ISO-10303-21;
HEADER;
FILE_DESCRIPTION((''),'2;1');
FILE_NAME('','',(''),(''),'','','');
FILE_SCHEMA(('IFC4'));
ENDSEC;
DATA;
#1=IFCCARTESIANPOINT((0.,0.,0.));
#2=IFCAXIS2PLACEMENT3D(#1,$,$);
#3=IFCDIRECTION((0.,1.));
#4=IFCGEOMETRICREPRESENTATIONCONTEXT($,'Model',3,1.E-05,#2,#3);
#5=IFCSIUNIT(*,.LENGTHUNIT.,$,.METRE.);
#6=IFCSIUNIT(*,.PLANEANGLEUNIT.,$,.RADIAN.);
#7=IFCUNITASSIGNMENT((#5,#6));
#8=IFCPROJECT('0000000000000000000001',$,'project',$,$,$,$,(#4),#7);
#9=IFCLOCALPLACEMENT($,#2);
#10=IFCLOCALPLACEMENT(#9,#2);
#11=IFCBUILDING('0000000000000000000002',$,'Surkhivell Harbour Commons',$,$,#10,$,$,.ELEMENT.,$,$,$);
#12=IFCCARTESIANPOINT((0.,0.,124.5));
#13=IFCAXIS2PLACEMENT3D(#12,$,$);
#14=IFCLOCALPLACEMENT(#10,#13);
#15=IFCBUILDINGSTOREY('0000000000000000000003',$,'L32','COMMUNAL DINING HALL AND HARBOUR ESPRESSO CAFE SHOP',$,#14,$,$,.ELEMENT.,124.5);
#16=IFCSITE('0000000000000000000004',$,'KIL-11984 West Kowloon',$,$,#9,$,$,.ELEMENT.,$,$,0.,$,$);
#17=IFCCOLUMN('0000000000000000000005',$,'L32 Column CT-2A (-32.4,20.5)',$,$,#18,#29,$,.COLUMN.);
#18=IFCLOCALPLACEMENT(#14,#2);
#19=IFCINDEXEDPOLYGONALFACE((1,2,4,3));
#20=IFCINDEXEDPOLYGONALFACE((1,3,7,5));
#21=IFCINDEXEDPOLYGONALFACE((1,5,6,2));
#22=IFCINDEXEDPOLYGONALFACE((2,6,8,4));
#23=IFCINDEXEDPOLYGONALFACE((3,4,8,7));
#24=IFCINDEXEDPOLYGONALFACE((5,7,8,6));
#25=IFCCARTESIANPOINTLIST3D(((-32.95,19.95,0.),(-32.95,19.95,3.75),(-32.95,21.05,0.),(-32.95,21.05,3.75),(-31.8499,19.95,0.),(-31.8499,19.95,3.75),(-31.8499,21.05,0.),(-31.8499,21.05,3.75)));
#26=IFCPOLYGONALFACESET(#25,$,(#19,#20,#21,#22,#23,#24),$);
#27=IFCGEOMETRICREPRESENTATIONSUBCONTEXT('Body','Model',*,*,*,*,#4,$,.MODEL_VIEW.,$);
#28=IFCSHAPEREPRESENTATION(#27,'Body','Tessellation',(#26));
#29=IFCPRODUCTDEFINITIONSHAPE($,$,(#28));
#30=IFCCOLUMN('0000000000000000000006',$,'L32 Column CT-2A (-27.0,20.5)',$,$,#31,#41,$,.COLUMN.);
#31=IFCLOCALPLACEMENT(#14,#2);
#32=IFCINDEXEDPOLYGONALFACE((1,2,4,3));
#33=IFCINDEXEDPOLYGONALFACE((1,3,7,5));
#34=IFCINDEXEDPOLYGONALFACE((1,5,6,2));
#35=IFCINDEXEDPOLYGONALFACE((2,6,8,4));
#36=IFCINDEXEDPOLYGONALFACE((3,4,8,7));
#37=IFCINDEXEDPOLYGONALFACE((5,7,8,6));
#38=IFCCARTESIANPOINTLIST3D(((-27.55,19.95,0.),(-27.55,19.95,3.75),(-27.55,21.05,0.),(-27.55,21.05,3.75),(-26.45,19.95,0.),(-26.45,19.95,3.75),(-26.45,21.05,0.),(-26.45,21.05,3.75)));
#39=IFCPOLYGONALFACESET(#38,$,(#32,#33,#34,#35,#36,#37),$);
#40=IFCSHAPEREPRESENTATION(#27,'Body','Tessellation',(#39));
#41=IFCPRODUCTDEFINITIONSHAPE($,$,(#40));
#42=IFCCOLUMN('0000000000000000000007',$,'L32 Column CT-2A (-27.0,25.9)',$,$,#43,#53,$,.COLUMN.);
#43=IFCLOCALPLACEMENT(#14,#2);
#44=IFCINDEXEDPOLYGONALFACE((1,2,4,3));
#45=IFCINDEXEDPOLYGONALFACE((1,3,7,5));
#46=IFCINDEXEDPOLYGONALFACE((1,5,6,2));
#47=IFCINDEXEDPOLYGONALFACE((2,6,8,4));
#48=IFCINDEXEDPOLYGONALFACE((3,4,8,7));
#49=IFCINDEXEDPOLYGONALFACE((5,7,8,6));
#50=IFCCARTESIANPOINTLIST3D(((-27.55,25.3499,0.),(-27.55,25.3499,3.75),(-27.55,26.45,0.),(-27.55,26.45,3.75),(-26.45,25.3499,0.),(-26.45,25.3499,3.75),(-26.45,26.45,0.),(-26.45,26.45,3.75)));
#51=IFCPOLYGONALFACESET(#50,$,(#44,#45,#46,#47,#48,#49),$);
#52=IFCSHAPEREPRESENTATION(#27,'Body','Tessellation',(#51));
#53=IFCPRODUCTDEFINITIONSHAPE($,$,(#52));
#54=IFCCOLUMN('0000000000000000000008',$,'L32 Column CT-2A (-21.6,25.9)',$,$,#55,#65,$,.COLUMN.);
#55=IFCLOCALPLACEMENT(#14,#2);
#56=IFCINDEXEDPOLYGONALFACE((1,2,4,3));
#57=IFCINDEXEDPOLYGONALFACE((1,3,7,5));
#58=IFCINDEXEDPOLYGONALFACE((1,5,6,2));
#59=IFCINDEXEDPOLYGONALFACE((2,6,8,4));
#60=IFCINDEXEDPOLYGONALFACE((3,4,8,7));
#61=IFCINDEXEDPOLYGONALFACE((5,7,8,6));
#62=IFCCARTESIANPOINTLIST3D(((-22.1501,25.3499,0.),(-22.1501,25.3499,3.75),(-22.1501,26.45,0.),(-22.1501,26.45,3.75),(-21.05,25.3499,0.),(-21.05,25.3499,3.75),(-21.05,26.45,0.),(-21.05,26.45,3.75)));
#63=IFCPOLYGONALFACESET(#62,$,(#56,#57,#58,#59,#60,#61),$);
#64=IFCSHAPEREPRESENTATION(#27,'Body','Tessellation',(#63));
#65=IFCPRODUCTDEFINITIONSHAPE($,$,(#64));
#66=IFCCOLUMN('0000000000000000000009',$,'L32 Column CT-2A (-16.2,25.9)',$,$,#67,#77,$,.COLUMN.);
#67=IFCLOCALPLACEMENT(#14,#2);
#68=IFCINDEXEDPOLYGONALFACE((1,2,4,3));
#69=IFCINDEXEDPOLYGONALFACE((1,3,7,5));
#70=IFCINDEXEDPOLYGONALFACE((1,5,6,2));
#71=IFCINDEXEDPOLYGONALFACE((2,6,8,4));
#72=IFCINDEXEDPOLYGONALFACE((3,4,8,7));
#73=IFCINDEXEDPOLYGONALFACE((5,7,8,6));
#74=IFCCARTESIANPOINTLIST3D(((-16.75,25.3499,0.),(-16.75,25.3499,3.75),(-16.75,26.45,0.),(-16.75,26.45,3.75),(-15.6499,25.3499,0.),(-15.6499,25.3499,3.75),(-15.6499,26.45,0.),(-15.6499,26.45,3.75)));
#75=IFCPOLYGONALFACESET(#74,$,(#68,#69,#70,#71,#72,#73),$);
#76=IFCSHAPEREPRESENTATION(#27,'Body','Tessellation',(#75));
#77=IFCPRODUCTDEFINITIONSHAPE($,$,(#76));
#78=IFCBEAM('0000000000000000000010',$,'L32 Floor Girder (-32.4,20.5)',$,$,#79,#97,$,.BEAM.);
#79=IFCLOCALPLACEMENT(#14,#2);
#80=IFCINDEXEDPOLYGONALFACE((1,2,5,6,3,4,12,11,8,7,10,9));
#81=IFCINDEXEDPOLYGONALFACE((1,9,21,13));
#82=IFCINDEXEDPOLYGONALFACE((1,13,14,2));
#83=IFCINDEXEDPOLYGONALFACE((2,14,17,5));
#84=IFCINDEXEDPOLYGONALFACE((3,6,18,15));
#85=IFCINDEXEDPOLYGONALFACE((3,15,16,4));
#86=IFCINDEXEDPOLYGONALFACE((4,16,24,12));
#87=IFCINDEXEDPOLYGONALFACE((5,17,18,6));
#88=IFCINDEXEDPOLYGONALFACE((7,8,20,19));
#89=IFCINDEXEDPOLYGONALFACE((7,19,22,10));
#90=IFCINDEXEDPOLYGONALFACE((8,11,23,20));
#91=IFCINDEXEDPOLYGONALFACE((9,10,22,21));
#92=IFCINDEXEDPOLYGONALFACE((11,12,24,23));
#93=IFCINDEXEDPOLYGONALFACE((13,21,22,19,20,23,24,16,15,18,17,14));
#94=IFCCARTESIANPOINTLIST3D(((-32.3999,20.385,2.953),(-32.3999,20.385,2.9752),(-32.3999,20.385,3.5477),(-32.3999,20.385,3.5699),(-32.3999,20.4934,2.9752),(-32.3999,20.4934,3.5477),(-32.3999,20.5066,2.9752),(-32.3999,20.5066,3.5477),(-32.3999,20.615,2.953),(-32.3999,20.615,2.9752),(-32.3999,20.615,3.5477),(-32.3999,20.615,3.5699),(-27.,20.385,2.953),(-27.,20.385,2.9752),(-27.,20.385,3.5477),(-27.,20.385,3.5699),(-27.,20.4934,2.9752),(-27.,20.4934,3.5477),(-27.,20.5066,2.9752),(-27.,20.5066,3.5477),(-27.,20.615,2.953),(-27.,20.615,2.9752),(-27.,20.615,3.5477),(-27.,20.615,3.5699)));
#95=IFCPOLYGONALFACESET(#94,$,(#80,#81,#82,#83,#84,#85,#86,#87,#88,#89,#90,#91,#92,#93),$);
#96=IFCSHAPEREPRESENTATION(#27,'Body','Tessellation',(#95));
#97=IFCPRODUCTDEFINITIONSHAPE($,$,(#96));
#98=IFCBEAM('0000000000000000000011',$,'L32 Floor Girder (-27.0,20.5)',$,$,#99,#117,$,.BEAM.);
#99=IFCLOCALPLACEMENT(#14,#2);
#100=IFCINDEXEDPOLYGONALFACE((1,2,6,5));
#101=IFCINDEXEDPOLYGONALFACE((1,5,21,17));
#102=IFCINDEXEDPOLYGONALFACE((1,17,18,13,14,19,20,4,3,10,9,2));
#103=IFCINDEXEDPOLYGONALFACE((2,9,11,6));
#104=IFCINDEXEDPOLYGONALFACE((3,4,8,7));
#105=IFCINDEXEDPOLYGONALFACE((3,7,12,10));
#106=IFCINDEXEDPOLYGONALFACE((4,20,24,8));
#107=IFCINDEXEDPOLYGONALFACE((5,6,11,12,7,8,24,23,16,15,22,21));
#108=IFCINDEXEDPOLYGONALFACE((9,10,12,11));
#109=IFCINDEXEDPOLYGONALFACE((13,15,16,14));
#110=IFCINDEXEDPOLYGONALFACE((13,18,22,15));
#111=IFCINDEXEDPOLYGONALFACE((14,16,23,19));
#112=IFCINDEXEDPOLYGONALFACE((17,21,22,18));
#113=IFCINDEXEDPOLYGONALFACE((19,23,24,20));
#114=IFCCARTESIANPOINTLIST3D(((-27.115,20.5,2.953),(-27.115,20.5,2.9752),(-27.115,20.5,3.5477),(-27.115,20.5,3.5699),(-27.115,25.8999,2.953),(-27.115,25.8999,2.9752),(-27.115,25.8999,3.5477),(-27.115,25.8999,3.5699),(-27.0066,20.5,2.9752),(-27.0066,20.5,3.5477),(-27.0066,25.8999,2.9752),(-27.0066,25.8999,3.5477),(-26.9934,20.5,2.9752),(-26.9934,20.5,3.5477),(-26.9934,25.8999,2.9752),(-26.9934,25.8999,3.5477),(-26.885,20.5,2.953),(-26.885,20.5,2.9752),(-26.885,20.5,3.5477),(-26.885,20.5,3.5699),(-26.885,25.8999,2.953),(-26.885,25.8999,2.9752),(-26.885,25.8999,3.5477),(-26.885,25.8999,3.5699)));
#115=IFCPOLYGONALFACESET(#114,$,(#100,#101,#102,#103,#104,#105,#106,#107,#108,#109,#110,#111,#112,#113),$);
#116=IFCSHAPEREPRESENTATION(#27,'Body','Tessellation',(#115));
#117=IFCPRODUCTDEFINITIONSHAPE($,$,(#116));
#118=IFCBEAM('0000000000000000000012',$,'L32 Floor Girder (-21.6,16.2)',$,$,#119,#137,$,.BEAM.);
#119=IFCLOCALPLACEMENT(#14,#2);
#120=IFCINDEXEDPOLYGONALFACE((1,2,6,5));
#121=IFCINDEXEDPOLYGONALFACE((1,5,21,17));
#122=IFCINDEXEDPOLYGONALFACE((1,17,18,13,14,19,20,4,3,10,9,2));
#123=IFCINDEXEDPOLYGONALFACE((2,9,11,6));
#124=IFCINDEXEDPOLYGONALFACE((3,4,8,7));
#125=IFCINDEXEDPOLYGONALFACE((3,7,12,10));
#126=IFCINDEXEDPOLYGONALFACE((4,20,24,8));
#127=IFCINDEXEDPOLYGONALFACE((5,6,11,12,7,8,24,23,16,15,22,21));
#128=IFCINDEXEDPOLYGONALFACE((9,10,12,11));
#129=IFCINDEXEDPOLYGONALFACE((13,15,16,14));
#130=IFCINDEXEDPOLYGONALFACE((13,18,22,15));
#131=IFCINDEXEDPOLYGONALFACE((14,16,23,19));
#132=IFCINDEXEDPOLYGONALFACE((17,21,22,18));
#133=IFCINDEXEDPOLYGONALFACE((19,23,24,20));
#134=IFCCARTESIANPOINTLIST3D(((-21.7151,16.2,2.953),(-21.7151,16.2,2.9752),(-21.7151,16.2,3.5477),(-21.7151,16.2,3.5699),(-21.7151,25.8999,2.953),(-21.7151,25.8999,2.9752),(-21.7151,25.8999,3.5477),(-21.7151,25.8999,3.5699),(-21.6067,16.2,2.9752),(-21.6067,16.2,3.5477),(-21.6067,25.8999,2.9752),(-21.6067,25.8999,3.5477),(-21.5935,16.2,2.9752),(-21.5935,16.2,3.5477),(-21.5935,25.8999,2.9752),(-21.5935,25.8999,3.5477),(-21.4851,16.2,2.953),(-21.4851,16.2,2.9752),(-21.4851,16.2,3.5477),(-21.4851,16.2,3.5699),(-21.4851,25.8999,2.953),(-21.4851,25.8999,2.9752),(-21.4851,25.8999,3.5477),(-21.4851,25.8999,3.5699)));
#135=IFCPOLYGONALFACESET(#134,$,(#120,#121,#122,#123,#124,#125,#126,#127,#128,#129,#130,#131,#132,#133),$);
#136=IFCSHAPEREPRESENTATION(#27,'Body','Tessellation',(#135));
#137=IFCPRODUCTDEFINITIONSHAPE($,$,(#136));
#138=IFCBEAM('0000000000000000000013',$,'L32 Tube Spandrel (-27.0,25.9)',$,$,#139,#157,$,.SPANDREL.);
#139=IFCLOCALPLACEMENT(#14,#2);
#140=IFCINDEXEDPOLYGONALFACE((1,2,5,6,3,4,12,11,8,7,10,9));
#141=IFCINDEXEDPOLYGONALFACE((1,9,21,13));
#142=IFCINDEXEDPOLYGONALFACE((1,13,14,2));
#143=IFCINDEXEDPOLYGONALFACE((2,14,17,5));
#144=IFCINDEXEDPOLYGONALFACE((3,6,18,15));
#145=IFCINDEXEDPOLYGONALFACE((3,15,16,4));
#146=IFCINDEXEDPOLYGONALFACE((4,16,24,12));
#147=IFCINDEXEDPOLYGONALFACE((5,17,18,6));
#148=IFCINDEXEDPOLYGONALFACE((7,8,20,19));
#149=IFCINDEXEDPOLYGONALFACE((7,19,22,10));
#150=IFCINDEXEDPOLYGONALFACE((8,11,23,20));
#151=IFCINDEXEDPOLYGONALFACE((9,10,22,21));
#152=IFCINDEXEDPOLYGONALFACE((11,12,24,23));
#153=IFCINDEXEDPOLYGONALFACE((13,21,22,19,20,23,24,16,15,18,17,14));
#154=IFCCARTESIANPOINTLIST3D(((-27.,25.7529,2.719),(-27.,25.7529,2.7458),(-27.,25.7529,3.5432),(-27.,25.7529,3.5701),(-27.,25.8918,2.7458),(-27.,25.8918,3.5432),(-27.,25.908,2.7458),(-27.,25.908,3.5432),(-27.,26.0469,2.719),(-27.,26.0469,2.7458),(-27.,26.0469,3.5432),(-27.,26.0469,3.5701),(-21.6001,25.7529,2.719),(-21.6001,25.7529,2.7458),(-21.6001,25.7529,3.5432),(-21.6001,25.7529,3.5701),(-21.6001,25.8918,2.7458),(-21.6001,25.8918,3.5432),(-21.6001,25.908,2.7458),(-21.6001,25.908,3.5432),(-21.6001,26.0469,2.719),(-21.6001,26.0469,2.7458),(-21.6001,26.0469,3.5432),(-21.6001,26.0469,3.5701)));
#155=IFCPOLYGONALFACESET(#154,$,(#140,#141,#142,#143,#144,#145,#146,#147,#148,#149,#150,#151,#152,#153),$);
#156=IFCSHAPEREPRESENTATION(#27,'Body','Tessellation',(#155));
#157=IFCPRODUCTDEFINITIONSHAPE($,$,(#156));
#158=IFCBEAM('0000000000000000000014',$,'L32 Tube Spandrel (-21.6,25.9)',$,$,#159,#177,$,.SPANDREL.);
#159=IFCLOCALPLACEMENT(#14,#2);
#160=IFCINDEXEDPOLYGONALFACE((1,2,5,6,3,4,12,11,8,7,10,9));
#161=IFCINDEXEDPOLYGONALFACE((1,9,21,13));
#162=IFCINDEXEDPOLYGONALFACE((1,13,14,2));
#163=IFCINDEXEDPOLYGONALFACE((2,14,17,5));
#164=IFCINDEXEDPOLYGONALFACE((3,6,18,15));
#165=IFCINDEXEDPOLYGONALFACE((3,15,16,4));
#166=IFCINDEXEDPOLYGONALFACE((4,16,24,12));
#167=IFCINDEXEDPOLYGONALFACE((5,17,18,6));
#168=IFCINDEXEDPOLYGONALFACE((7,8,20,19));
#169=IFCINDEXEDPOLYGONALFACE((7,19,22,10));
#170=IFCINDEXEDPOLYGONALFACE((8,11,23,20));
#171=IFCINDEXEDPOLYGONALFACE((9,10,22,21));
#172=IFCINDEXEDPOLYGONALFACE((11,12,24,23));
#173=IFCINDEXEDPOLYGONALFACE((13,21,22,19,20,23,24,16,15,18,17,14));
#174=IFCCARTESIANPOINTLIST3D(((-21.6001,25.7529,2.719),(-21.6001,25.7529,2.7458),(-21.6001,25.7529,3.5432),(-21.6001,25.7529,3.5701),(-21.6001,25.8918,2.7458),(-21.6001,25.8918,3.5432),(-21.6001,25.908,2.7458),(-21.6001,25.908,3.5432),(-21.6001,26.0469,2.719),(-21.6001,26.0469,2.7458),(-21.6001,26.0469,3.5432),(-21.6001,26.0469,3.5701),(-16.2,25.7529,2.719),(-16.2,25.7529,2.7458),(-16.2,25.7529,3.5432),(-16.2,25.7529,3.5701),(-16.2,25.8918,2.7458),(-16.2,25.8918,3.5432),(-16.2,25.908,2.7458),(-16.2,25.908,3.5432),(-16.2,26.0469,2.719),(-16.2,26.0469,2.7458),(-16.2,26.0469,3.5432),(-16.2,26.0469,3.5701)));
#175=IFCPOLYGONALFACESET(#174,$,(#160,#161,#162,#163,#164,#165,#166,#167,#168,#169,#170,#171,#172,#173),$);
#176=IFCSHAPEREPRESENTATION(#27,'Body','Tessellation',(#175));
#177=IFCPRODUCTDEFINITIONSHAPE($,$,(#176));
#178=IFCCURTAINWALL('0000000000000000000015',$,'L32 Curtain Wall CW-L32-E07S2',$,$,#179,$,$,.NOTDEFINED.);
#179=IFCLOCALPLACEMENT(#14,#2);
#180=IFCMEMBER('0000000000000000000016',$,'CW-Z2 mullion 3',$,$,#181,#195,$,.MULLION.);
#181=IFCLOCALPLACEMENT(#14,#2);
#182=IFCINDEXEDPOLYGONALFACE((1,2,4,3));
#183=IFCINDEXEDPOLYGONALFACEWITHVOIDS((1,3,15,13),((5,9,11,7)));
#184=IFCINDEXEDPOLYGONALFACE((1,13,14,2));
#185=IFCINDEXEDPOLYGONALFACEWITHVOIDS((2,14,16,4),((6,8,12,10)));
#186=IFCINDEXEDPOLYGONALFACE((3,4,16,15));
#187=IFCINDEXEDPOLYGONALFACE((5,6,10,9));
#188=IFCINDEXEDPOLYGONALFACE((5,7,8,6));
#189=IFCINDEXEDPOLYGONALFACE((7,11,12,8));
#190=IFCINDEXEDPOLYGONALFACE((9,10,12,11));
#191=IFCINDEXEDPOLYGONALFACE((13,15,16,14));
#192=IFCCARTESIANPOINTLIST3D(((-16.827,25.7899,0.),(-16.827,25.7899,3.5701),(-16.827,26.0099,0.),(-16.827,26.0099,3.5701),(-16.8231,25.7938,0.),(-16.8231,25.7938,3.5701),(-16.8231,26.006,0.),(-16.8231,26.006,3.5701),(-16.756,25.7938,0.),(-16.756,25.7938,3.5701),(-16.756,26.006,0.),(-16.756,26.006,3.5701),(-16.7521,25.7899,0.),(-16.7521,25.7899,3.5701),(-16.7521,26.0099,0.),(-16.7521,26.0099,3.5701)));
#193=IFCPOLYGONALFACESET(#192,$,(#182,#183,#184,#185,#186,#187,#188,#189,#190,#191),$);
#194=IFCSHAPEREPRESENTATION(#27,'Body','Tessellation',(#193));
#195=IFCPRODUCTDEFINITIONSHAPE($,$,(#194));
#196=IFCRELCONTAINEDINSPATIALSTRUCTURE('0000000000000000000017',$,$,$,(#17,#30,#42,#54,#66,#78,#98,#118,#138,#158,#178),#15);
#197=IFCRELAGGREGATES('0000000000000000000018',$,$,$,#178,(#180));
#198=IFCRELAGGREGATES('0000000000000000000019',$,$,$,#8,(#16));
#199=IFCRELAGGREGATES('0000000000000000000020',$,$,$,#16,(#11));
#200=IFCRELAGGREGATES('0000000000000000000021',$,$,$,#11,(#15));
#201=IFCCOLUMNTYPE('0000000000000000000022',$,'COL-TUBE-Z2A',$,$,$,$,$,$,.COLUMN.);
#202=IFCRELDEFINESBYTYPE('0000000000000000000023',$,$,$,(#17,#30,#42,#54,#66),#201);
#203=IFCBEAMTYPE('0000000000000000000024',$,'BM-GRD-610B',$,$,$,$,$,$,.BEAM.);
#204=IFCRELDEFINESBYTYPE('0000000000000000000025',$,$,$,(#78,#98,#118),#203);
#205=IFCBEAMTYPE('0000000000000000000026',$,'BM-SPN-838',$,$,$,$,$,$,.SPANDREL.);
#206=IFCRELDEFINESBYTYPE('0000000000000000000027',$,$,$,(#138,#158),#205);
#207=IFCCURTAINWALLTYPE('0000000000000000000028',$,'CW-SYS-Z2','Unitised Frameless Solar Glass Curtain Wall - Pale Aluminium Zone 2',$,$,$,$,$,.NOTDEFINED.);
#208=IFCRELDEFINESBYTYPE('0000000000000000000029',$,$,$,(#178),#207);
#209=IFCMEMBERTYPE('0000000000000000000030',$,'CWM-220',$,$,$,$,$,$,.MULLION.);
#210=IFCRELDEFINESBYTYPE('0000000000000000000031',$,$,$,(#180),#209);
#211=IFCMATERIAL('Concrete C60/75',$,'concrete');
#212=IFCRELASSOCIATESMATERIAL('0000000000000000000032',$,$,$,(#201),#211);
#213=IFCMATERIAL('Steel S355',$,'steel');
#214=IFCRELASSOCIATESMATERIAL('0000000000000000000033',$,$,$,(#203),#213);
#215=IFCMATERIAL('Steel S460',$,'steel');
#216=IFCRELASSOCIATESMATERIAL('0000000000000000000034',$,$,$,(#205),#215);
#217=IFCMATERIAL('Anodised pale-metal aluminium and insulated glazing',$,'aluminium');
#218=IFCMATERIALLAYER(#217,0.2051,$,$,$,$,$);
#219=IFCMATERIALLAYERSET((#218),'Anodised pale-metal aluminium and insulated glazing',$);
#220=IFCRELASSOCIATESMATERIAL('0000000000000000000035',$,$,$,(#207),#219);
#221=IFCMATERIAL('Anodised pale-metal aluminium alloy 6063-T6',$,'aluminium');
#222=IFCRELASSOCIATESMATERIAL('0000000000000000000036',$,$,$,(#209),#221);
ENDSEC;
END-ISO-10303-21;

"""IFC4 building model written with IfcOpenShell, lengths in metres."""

from ifc_helpers import new_model, si_unit, direction, frame, origin, origin_2d, place, context, subcontext, project, spatial, rectangle, hollow_rectangle, i_section, extrude, material, layer, layer_set, material_profile, profile_set, type_object, element, aggregate, save


model = new_model("IFC4")

# Units and contexts
model_context = context("Model", 3, precision=1e-05, world=origin(), true_north=direction((0.0, 1.0)))
body_context = subcontext(model_context, "Body", "Model", "MODEL_VIEW")
ifc_project = project(units=[si_unit("LENGTHUNIT", "METRE"), si_unit("PLANEANGLEUNIT", "RADIAN")], contexts=[model_context])

# Site, building, storey
site_placement = place(None, origin())
site = spatial("IfcSite", under=ifc_project, at=site_placement, Name="KIL-11984 West Kowloon", CompositionType="ELEMENT", RefElevation=0.0)
building_placement = place(site_placement, origin())
building = spatial("IfcBuilding", under=site, at=building_placement, Name="Surkhivell Harbour Commons", CompositionType="ELEMENT")
storey_placement = place(building_placement, frame((0.0, 0.0, 124.5)))
storey = spatial("IfcBuildingStorey", under=building, at=storey_placement, Name="L32", Description="COMMUNAL DINING HALL AND HARBOUR ESPRESSO CAFE SHOP", CompositionType="ELEMENT", Elevation=124.5)

# Columns
ifc_material_1 = material(Name="Concrete C60/75", Category="concrete")
ifc_material_profile_1 = material_profile(ifc_material_1, rectangle(XDim=1.1001, YDim=1.1001, at=origin_2d()), Name="RC-COL-1100x1100")
ifc_profile_set_1 = profile_set([ifc_material_profile_1], Name="Concrete C60/75")
column_type = type_object("IfcColumnType", Name="COL-TUBE-Z2A", PredefinedType="COLUMN", material=ifc_profile_set_1)
for number, where, z_axis, x_axis, name in (
    (1, (-32.3999, 20.5, 0.0), (0.0, 0.0, 1.0), (1.0, 0.0, 0.0), "L32 Column CT-2A (-32.4,20.5)"),
    (2, (-27.0, 20.5, 0.0), (0.0, 0.0, 1.0), (1.0, 0.0, 0.0), "L32 Column CT-2A (-27.0,20.5)"),
    (3, (-27.0, 25.8999, 0.0), (0.0, 0.0, 1.0), (1.0, 0.0, 0.0), "L32 Column CT-2A (-27.0,25.9)"),
    (4, (-21.6001, 25.8999, 0.0), (0.0, 0.0, 1.0), (1.0, 0.0, 0.0), "L32 Column CT-2A (-21.6,25.9)"),
    (5, (-16.2, 25.8999, 0.0), (0.0, 0.0, 1.0), (1.0, 0.0, 0.0), "L32 Column CT-2A (-16.2,25.9)"),
):
    element("IfcColumn", number, at=place(storey_placement, frame(where, z_axis=z_axis, x_axis=x_axis)), inside=storey, type_object=column_type, Name=name, PredefinedType="COLUMN", context=body_context, shape_type="SweptSolid", body=[
        extrude(rectangle(XDim=1.1001, YDim=1.1001, at=origin_2d()), origin(), (0.0, 0.0, 1.0), 3.75),
    ])

# Beams
ifc_material_2 = material(Name="Steel S355", Category="steel")
ifc_material_profile_2 = material_profile(ifc_material_2, i_section(OverallWidth=0.23, OverallDepth=0.6169, WebThickness=0.0132, FlangeThickness=0.0222, at=origin_2d()), Name="UB610x229x140")
ifc_profile_set_2 = profile_set([ifc_material_profile_2], Name="Steel S355")
beam_type_1 = type_object("IfcBeamType", Name="BM-GRD-610B", PredefinedType="BEAM", material=ifc_profile_set_2)
for number, where, z_axis, x_axis, name in (
    (6, (-32.3999, 20.5, 3.2615), (1.0, 0.0, 0.0), (0.0, 1.0, 0.0), "L32 Floor Girder (-32.4,20.5)"),
    (7, (-27.0, 20.5, 3.2615), (0.0, 1.0, 0.0), (-1.0, 0.0, 0.0), "L32 Floor Girder (-27.0,20.5)"),
):
    element("IfcBeam", number, at=place(storey_placement, frame(where, z_axis=z_axis, x_axis=x_axis)), inside=storey, type_object=beam_type_1, Name=name, PredefinedType="BEAM", context=body_context, shape_type="SweptSolid", body=[
        extrude(i_section(OverallWidth=0.23, OverallDepth=0.6169, WebThickness=0.0132, FlangeThickness=0.0222, at=origin_2d()), origin(), (0.0, 0.0, 1.0), 5.3999),
    ])
beam_1_placement = place(storey_placement, frame((-21.6001, 16.2, 3.2615), z_axis=(0.0, 1.0, 0.0), x_axis=(-1.0, 0.0, 0.0)))
element("IfcBeam", 8, at=beam_1_placement, inside=storey, type_object=beam_type_1, Name="L32 Floor Girder (-21.6,16.2)", PredefinedType="BEAM", context=body_context, shape_type="SweptSolid", body=[
    extrude(i_section(OverallWidth=0.23, OverallDepth=0.6169, WebThickness=0.0132, FlangeThickness=0.0222, at=origin_2d()), origin(), (0.0, 0.0, 1.0), 9.7),
])
ifc_material_3 = material(Name="Steel S460", Category="steel")
ifc_material_profile_3 = material_profile(ifc_material_3, i_section(OverallWidth=0.2939, OverallDepth=0.8511, WebThickness=0.0161, FlangeThickness=0.0269, at=origin_2d()), Name="UB838x292x226")
ifc_profile_set_3 = profile_set([ifc_material_profile_3], Name="Steel S460")
beam_type_2 = type_object("IfcBeamType", Name="BM-SPN-838", PredefinedType="SPANDREL", material=ifc_profile_set_3)
beam_2_placement = place(storey_placement, frame((-27.0, 25.8999, 3.1445), z_axis=(1.0, 0.0, 0.0), x_axis=(0.0, 1.0, 0.0)))
element("IfcBeam", 9, at=beam_2_placement, inside=storey, type_object=beam_type_2, Name="L32 Tube Spandrel (-27.0,25.9)", PredefinedType="SPANDREL", context=body_context, shape_type="SweptSolid", body=[
    extrude(i_section(OverallWidth=0.2939, OverallDepth=0.8511, WebThickness=0.0161, FlangeThickness=0.0269, at=origin_2d()), origin(), (0.0, 0.0, 1.0), 5.3999),
])
beam_3_placement = place(storey_placement, frame((-21.6001, 25.8999, 3.1445), z_axis=(1.0, 0.0, 0.0), x_axis=(0.0, 1.0, 0.0)))
element("IfcBeam", 10, at=beam_3_placement, inside=storey, type_object=beam_type_2, Name="L32 Tube Spandrel (-21.6,25.9)", PredefinedType="SPANDREL", context=body_context, shape_type="SweptSolid", body=[
    extrude(i_section(OverallWidth=0.2939, OverallDepth=0.8511, WebThickness=0.0161, FlangeThickness=0.0269, at=origin_2d()), origin(), (0.0, 0.0, 1.0), 5.4001),
])

# Curtain wall, member
ifc_material_4 = material(Name="Anodised pale-metal aluminium and insulated glazing", Category="aluminium")
ifc_layer_1 = layer(ifc_material_4, 0.2051)
ifc_layer_set_1 = layer_set([ifc_layer_1], Name="Anodised pale-metal aluminium and insulated glazing")
curtain_wall_type = type_object("IfcCurtainWallType", Name="CW-SYS-Z2", Description="Unitised Frameless Solar Glass Curtain Wall - Pale Aluminium Zone 2", PredefinedType="NOTDEFINED", material=ifc_layer_set_1)
curtain_wall_1_placement = place(storey_placement, origin())
curtain_wall_1 = element("IfcCurtainWall", 11, at=curtain_wall_1_placement, inside=storey, type_object=curtain_wall_type, Name="L32 Curtain Wall CW-L32-E07S2", PredefinedType="NOTDEFINED")
ifc_material_5 = material(Name="Anodised pale-metal aluminium alloy 6063-T6", Category="aluminium")
ifc_material_profile_4 = material_profile(ifc_material_5, hollow_rectangle(XDim=0.075, YDim=0.22, WallThickness=0.0039, at=origin_2d()), Name="ALU-MULL-75x220")
ifc_profile_set_4 = profile_set([ifc_material_profile_4], Name="Anodised pale-metal aluminium alloy 6063-T6")
member_type_1 = type_object("IfcMemberType", Name="CWM-220", PredefinedType="MULLION", material=ifc_profile_set_4)
member_1_placement = place(storey_placement, frame((-16.7896, 25.8999, 0.0), z_axis=(0.0, 0.0, 1.0), x_axis=(-1.0, 0.0, 0.0)))
member_1 = element("IfcMember", 12, at=member_1_placement, type_object=member_type_1, Name="CW-Z2 mullion 3", PredefinedType="MULLION", context=body_context, shape_type="SweptSolid", body=[
    extrude(hollow_rectangle(XDim=0.075, YDim=0.22, WallThickness=0.0039, at=origin_2d()), origin(), (0.0, 0.0, 1.0), 3.5701),
])

aggregate(curtain_wall_1, [member_1])

save(model, "model.ifc")
